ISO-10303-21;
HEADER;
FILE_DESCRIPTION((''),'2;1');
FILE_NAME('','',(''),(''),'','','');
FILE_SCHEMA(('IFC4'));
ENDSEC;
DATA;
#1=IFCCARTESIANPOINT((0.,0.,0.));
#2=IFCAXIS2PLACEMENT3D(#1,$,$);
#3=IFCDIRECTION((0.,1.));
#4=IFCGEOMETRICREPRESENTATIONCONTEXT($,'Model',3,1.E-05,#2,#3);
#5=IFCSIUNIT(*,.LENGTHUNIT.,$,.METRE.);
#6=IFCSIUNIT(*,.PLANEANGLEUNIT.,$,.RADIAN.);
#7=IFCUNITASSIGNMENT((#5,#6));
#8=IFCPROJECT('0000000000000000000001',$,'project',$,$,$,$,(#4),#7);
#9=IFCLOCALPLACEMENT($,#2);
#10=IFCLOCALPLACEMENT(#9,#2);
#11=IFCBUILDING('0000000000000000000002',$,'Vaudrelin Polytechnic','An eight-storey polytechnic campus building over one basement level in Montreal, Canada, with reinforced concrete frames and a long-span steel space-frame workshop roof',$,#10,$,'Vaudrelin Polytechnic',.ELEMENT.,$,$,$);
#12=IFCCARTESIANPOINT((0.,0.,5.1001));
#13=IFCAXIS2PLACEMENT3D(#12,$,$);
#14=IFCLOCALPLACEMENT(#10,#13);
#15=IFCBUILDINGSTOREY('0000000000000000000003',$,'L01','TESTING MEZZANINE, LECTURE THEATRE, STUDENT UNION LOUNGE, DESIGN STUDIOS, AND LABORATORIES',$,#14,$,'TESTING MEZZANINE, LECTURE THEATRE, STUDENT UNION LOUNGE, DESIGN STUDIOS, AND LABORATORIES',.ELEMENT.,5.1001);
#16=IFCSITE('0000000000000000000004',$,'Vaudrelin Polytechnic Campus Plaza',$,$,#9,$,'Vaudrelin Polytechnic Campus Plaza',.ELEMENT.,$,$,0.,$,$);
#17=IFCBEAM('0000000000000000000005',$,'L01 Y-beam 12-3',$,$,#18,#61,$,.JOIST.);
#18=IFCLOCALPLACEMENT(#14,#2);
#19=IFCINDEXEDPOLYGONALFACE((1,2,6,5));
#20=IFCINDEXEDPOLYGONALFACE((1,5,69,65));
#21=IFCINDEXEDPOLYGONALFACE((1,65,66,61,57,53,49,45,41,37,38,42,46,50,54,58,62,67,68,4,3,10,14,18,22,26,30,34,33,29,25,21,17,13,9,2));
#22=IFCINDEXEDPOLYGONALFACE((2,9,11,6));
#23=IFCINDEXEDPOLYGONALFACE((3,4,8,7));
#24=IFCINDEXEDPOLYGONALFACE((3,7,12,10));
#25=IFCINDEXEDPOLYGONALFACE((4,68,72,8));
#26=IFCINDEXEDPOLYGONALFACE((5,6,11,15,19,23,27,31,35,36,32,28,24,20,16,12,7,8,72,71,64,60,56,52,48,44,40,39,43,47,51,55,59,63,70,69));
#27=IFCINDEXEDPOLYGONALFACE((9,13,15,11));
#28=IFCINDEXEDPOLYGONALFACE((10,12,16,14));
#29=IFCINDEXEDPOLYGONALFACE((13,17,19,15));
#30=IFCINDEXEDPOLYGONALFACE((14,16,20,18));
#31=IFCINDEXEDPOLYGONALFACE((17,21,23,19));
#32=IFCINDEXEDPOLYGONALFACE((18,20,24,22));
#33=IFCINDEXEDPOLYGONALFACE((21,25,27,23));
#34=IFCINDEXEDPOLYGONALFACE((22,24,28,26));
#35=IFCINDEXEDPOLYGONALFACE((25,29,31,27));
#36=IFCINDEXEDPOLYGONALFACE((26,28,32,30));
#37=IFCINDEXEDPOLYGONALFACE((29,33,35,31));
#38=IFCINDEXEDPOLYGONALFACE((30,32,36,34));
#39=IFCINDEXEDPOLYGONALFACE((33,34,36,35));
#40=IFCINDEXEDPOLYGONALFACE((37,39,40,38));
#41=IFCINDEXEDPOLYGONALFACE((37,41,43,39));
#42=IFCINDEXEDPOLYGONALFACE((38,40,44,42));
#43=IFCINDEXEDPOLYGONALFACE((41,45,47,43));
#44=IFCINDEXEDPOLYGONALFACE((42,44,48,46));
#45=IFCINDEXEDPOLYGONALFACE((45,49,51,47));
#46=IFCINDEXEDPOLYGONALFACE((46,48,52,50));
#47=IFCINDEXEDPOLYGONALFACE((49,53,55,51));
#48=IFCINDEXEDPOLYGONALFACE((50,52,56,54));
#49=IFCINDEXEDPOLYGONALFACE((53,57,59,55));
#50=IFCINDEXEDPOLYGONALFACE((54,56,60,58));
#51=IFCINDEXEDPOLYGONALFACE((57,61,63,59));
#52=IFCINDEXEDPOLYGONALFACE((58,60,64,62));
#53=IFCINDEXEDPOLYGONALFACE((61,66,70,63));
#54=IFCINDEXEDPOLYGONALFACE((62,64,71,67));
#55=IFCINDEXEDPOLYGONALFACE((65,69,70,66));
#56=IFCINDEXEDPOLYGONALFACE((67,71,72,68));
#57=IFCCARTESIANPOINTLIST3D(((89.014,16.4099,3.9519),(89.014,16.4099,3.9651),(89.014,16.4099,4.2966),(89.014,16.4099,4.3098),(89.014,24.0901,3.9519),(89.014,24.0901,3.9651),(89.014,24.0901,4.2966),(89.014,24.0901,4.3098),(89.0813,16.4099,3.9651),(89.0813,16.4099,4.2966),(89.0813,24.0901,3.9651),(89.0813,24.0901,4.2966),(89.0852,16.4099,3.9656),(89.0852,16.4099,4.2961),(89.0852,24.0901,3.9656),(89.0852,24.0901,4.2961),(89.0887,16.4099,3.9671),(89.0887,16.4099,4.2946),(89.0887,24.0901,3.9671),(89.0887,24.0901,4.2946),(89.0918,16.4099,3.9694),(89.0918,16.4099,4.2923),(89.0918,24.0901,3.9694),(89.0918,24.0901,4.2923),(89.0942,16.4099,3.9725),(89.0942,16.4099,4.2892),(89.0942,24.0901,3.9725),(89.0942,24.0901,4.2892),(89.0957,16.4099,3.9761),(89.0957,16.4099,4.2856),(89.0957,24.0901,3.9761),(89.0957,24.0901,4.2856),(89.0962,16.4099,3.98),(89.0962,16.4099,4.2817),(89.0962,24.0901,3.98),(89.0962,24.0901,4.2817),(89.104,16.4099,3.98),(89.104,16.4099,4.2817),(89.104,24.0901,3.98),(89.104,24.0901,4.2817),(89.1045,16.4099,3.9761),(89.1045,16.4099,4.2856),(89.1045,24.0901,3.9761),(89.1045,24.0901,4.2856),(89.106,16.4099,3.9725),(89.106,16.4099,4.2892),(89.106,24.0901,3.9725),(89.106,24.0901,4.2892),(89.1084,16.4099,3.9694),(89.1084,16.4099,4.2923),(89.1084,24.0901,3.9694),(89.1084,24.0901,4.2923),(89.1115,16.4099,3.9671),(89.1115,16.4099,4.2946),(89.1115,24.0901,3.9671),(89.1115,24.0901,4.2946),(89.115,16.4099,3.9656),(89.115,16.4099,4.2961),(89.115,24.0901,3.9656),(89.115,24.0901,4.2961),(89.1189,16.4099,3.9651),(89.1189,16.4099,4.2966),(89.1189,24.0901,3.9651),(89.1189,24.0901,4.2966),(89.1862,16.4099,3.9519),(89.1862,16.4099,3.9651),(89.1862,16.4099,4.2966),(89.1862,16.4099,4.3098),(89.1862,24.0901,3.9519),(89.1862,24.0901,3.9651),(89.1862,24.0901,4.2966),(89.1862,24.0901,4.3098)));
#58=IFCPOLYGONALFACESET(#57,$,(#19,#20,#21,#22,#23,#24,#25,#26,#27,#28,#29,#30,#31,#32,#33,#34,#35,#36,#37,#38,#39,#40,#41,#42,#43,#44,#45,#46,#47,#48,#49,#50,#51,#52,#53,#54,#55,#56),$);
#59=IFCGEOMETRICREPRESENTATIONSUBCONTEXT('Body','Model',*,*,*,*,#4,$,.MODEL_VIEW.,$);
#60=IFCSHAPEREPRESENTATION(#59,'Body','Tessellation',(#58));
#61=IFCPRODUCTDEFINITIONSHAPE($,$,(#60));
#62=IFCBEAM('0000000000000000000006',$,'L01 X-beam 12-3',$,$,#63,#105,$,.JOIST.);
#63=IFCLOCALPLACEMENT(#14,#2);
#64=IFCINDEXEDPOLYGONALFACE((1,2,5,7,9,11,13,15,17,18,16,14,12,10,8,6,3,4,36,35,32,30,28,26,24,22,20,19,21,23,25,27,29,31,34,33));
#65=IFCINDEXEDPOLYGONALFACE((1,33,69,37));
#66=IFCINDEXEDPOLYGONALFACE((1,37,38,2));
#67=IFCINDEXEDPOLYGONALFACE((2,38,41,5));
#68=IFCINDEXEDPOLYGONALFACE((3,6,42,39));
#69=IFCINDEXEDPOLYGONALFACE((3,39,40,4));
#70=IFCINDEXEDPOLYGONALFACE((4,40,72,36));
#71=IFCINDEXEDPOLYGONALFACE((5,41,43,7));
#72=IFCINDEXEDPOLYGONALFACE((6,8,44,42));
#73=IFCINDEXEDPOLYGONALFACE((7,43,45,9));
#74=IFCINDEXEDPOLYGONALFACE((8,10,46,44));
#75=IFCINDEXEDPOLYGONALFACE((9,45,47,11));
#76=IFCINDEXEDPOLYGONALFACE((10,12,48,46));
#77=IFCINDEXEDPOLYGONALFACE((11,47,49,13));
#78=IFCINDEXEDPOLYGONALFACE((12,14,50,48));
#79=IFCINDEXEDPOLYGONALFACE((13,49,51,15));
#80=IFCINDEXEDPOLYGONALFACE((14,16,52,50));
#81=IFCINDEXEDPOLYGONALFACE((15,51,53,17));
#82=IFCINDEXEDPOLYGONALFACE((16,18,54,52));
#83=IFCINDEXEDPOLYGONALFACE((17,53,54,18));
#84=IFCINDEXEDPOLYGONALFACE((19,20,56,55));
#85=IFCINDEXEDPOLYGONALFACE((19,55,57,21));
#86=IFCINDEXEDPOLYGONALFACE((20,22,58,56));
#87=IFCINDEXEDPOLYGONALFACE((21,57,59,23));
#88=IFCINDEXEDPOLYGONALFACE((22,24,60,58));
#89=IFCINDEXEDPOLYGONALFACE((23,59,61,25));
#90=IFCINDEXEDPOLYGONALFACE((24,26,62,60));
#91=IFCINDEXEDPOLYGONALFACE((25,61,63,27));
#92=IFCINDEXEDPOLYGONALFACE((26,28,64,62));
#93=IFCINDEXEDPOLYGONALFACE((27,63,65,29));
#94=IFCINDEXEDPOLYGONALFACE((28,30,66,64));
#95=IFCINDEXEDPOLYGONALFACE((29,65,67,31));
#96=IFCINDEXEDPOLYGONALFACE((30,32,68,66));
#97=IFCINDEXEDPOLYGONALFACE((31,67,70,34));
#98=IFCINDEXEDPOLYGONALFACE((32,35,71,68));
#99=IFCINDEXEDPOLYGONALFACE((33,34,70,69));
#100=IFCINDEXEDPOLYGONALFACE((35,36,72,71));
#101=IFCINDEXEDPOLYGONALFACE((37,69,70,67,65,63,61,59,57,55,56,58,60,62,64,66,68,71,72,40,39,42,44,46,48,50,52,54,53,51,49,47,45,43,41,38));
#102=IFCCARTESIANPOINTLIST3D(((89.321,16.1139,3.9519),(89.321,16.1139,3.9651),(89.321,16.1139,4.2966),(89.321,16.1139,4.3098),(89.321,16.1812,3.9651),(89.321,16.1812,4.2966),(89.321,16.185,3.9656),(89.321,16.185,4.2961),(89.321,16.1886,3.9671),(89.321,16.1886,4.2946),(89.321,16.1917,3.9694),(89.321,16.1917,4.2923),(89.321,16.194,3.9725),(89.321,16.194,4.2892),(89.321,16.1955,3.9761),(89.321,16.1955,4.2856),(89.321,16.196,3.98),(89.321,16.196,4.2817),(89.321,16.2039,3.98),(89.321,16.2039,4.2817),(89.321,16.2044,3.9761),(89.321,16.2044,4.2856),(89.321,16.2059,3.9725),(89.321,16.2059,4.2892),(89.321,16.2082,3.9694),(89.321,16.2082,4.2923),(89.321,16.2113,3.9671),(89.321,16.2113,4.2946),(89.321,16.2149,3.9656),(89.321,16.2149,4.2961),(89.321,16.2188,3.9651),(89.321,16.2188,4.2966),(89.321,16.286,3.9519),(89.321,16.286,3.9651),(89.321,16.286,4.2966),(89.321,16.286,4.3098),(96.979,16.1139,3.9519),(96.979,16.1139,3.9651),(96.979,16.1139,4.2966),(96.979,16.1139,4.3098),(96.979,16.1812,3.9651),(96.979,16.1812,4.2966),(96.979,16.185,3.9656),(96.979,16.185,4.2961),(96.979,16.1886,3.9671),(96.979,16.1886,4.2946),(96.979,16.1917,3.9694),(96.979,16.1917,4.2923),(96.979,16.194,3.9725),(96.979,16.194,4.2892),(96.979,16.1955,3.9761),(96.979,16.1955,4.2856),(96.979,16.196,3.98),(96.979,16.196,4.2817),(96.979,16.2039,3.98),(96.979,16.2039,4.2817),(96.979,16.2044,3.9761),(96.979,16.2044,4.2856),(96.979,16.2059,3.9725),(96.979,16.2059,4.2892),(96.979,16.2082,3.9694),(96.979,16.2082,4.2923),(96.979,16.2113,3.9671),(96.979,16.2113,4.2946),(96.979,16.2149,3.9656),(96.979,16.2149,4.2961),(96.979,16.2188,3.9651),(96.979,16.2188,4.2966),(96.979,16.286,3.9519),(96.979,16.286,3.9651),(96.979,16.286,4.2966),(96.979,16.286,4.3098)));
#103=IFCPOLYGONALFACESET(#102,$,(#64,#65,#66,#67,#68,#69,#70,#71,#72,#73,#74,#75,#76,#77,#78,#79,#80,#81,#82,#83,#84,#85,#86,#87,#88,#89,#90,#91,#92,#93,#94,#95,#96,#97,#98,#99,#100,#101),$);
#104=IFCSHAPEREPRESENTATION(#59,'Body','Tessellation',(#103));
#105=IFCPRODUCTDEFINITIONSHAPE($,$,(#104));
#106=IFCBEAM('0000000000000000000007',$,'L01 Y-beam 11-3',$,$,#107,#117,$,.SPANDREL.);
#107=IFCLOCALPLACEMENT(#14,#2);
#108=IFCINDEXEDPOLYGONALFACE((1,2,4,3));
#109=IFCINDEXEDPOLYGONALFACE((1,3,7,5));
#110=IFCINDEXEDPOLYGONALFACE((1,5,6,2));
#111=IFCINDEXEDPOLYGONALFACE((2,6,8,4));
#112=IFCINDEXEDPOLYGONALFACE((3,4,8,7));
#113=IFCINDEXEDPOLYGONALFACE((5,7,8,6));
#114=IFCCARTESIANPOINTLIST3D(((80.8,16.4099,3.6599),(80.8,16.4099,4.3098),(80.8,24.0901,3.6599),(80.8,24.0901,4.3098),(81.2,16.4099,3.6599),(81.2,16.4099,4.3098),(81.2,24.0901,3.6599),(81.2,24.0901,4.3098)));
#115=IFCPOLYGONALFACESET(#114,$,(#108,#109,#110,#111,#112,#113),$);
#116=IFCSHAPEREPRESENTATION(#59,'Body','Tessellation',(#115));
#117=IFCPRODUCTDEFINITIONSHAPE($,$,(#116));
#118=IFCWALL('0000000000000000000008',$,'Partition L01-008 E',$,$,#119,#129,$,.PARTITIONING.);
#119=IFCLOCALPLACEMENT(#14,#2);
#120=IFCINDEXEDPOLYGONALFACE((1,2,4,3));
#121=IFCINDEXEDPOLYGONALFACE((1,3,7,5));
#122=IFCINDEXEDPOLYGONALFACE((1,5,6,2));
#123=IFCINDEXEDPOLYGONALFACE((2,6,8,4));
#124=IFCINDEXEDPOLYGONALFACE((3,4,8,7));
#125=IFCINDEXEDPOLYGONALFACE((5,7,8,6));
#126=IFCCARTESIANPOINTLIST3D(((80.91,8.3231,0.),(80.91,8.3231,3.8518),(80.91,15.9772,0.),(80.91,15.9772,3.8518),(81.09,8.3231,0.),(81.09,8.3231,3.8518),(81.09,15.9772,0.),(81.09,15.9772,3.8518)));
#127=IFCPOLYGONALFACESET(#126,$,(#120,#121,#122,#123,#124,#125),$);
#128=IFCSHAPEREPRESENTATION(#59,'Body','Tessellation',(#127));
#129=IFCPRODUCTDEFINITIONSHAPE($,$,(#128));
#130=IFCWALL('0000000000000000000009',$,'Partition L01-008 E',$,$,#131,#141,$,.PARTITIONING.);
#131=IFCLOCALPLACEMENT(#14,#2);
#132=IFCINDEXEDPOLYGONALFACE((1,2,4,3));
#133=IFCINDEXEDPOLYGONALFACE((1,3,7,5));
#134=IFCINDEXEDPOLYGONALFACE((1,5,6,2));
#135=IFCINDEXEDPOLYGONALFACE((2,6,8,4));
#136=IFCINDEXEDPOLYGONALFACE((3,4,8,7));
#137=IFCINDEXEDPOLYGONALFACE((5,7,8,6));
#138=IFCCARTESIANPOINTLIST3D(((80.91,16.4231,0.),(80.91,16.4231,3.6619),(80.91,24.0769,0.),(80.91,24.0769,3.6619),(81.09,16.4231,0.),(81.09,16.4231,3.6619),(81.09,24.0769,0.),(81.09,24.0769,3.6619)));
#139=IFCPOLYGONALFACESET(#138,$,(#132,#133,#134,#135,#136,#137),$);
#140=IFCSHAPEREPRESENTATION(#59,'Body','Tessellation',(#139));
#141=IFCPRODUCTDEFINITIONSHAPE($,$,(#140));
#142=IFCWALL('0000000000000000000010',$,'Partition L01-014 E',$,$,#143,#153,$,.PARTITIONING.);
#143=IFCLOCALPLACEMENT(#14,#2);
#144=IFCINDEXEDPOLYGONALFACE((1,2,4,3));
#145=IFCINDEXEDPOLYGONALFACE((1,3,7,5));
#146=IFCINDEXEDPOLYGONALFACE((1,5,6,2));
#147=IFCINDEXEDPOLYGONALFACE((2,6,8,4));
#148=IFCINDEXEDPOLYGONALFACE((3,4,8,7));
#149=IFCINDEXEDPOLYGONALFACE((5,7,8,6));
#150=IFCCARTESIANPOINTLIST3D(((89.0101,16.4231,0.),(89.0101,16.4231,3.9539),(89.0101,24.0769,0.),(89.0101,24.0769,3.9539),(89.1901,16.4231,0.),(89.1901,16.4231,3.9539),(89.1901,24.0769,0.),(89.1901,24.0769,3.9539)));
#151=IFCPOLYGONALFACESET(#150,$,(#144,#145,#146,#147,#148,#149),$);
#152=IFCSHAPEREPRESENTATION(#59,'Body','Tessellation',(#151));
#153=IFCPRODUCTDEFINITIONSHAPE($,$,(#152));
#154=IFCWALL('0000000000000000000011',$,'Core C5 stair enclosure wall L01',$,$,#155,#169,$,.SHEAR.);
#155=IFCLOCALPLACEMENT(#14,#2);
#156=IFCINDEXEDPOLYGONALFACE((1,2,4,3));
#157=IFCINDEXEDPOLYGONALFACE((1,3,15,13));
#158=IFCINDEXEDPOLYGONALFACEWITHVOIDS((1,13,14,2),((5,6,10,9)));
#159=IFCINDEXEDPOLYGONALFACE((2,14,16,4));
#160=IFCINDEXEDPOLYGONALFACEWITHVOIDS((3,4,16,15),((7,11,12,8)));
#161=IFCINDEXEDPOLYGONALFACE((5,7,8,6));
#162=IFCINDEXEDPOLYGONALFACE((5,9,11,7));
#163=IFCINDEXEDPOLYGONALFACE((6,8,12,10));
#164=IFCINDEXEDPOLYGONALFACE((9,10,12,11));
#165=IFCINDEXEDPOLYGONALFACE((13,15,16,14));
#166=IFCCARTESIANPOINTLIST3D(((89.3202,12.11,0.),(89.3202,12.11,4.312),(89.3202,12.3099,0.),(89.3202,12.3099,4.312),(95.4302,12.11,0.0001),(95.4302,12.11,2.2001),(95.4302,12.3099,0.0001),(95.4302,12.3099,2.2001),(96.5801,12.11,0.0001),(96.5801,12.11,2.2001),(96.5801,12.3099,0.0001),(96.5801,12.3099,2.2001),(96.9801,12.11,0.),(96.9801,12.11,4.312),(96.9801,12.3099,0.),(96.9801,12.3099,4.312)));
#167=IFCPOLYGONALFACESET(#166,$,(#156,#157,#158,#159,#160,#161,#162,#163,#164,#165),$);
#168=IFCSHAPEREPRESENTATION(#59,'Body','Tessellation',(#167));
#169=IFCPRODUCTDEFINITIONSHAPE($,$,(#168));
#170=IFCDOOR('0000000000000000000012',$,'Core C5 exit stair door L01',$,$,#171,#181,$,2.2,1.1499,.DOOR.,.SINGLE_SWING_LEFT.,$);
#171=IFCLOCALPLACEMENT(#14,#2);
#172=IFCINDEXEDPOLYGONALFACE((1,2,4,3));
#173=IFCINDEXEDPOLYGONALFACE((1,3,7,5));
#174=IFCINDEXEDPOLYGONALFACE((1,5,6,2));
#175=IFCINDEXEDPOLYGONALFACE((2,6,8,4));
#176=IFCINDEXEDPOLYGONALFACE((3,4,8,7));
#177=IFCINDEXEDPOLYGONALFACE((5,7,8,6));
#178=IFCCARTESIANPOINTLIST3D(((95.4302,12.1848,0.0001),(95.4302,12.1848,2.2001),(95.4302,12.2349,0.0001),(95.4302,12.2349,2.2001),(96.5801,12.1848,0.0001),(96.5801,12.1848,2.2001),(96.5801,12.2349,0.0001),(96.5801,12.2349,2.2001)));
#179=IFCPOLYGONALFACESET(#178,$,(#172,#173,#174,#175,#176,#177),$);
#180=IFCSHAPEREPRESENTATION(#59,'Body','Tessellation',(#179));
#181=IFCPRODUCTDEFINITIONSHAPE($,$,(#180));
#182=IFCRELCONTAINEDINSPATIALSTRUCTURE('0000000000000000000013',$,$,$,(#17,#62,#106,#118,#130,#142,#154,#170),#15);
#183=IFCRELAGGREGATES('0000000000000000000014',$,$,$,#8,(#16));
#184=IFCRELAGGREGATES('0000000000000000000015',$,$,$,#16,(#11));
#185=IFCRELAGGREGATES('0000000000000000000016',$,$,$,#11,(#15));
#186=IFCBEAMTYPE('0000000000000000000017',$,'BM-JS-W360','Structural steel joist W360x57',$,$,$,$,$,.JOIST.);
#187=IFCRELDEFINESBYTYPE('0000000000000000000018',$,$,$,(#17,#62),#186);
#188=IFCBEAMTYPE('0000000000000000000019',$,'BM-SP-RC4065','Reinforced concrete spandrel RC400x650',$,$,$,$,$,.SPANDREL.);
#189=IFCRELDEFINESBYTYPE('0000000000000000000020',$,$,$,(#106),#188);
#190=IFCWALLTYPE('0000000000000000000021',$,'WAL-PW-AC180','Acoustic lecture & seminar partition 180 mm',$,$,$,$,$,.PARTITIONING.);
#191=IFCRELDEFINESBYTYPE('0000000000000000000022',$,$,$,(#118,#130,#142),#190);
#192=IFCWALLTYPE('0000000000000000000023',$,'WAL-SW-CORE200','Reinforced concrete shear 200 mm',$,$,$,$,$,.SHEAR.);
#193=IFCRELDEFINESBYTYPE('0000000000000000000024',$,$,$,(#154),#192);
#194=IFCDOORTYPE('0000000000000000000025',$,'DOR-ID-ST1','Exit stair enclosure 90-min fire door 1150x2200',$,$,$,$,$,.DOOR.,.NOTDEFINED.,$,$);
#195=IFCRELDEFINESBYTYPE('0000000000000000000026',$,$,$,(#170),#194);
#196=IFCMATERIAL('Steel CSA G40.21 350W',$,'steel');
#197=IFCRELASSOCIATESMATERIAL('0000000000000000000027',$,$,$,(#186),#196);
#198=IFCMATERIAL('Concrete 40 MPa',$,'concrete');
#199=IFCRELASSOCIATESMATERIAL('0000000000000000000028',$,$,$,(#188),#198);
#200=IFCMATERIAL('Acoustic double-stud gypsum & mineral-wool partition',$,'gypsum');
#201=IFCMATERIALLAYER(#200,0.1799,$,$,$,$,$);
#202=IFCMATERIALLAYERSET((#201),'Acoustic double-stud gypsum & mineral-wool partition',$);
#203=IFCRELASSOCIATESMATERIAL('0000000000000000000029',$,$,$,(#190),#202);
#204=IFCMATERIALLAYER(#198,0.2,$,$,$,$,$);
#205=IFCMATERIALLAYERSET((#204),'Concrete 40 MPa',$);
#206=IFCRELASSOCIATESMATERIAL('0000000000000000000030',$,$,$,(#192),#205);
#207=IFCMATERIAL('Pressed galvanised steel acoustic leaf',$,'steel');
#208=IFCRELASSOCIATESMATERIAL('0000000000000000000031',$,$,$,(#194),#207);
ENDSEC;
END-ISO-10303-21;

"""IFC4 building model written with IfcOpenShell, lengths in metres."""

from ifc_helpers import new_model, si_unit, direction, frame, frame_2d, origin, origin_2d, place, context, subcontext, project, spatial, rectangle, i_section, extrude, material, layer, layer_set, material_profile, profile_set, type_object, element, fill, save


model = new_model("IFC4")

# Units and contexts
model_context = context("Model", 3, precision=1e-05, world=origin(), true_north=direction((0.0, 1.0)))
body_context = subcontext(model_context, "Body", "Model", "MODEL_VIEW")
ifc_project = project(units=[si_unit("LENGTHUNIT", "METRE"), si_unit("PLANEANGLEUNIT", "RADIAN")], contexts=[model_context])

# Site, building, storey
site_placement = place(None, origin())
site = spatial("IfcSite", under=ifc_project, at=site_placement, Name="Vaudrelin Polytechnic Campus Plaza", LongName="Vaudrelin Polytechnic Campus Plaza", CompositionType="ELEMENT", RefElevation=0.0)
building_placement = place(site_placement, origin())
building = spatial("IfcBuilding", under=site, at=building_placement, Name="Vaudrelin Polytechnic", Description="An eight-storey polytechnic campus building over one basement level in Montreal, Canada, with reinforced concrete frames and a long-span steel space-frame workshop roof", LongName="Vaudrelin Polytechnic", CompositionType="ELEMENT")
storey_placement = place(building_placement, frame((0.0, 0.0, 5.1001)))
storey = spatial("IfcBuildingStorey", under=building, at=storey_placement, Name="L01", Description="TESTING MEZZANINE, LECTURE THEATRE, STUDENT UNION LOUNGE, DESIGN STUDIOS, AND LABORATORIES", LongName="TESTING MEZZANINE, LECTURE THEATRE, STUDENT UNION LOUNGE, DESIGN STUDIOS, AND LABORATORIES", CompositionType="ELEMENT", Elevation=5.1001)

# Shared definitions
ifc_material_1 = material(Name="Concrete 40 MPa", Category="concrete")

# Beams
ifc_material_2 = material(Name="Steel CSA G40.21 350W", Category="steel")
ifc_material_profile_1 = material_profile(ifc_material_2, i_section(OverallWidth=0.1721, OverallDepth=0.3579, WebThickness=0.0078, FlangeThickness=0.0132, FilletRadius=0.0149, at=origin_2d()), Name="W360x57")
ifc_profile_set_1 = profile_set([ifc_material_profile_1], Name="Steel CSA G40.21 350W")
beam_type_1 = type_object("IfcBeamType", Name="BM-JS-W360", Description="Structural steel joist W360x57", PredefinedType="JOIST", material=ifc_profile_set_1)
beam_1_placement = place(storey_placement, frame((89.1001, 16.4099, 4.1309), z_axis=(0.0, 1.0, 0.0), x_axis=(-1.0, 0.0, 0.0)))
element("IfcBeam", 1, at=beam_1_placement, inside=storey, type_object=beam_type_1, Name="L01 Y-beam 12-3", PredefinedType="JOIST", context=body_context, shape_type="SweptSolid", body=[
    extrude(i_section(OverallWidth=0.1721, OverallDepth=0.3579, WebThickness=0.0078, FlangeThickness=0.0132, FilletRadius=0.0149, at=origin_2d()), origin(), (0.0, 0.0, 1.0), 7.6802),
])
beam_2_placement = place(storey_placement, frame((89.321, 16.2, 4.1309), z_axis=(1.0, 0.0, 0.0), x_axis=(0.0, 1.0, 0.0)))
element("IfcBeam", 2, at=beam_2_placement, inside=storey, type_object=beam_type_1, Name="L01 X-beam 12-3", PredefinedType="JOIST", context=body_context, shape_type="SweptSolid", body=[
    extrude(i_section(OverallWidth=0.1721, OverallDepth=0.3579, WebThickness=0.0078, FlangeThickness=0.0132, FilletRadius=0.0149, at=origin_2d()), origin(), (0.0, 0.0, 1.0), 7.658),
])
ifc_material_profile_2 = material_profile(ifc_material_1, rectangle(XDim=0.3999, YDim=0.6499, at=origin_2d()), Name="RC400x650")
ifc_profile_set_2 = profile_set([ifc_material_profile_2], Name="Concrete 40 MPa")
beam_type_2 = type_object("IfcBeamType", Name="BM-SP-RC4065", Description="Reinforced concrete spandrel RC400x650", PredefinedType="SPANDREL", material=ifc_profile_set_2)
beam_3_placement = place(storey_placement, frame((81.0, 16.4099, 3.9849), z_axis=(0.0, 1.0, 0.0), x_axis=(-1.0, 0.0, 0.0)))
element("IfcBeam", 3, at=beam_3_placement, inside=storey, type_object=beam_type_2, Name="L01 Y-beam 11-3", PredefinedType="SPANDREL", context=body_context, shape_type="SweptSolid", body=[
    extrude(rectangle(XDim=0.3999, YDim=0.6499, at=origin_2d()), origin(), (0.0, 0.0, 1.0), 7.6802),
])

# Walls
ifc_material_3 = material(Name="Acoustic double-stud gypsum & mineral-wool partition", Category="gypsum")
ifc_layer_1 = layer(ifc_material_3, 0.1799)
ifc_layer_set_1 = layer_set([ifc_layer_1], Name="Acoustic double-stud gypsum & mineral-wool partition")
wall_type_1 = type_object("IfcWallType", Name="WAL-PW-AC180", Description="Acoustic lecture & seminar partition 180 mm", PredefinedType="PARTITIONING", material=ifc_layer_set_1)
wall_1_placement = place(storey_placement, frame((81.0, 8.323, 0.0), z_axis=(0.0, 0.0, 1.0), x_axis=(0.0, 1.0, 0.0)))
element("IfcWall", 4, at=wall_1_placement, inside=storey, type_object=wall_type_1, Name="Partition L01-008 E", PredefinedType="PARTITIONING", context=body_context, shape_type="SweptSolid", body=[
    extrude(rectangle(XDim=7.6541, YDim=0.1799, at=frame_2d((3.8271, 0.0))), origin(), (0.0, 0.0, 1.0), 3.8518),
])
wall_2_placement = place(storey_placement, frame((81.0, 16.4231, 0.0), z_axis=(0.0, 0.0, 1.0), x_axis=(0.0, 1.0, 0.0)))
element("IfcWall", 5, at=wall_2_placement, inside=storey, type_object=wall_type_1, Name="Partition L01-008 E", PredefinedType="PARTITIONING", context=body_context, shape_type="SweptSolid", body=[
    extrude(rectangle(XDim=7.6538, YDim=0.1799, at=frame_2d((3.8269, 0.0))), origin(), (0.0, 0.0, 1.0), 3.6619),
])
wall_3_placement = place(storey_placement, frame((89.1001, 16.4231, 0.0), z_axis=(0.0, 0.0, 1.0), x_axis=(0.0, 1.0, 0.0)))
element("IfcWall", 6, at=wall_3_placement, inside=storey, type_object=wall_type_1, Name="Partition L01-014 E", PredefinedType="PARTITIONING", context=body_context, shape_type="SweptSolid", body=[
    extrude(rectangle(XDim=7.6538, YDim=0.1799, at=frame_2d((3.8269, 0.0))), origin(), (0.0, 0.0, 1.0), 3.9539),
])

# Wall, opening, door
ifc_material_4 = material(Name="Pressed galvanised steel acoustic leaf", Category="steel")
ifc_layer_2 = layer(ifc_material_1, 0.2)
ifc_layer_set_2 = layer_set([ifc_layer_2], Name="Concrete 40 MPa")
wall_type_2 = type_object("IfcWallType", Name="WAL-SW-CORE200", Description="Reinforced concrete shear 200 mm", PredefinedType="SHEAR", material=ifc_layer_set_2)
wall_4_placement = place(storey_placement, frame((89.3201, 12.21, 0.0), z_axis=(0.0, 0.0, 1.0), x_axis=(1.0, 0.0, 0.0)))
wall_4 = element("IfcWall", 7, at=wall_4_placement, inside=storey, type_object=wall_type_2, Name="Core C5 stair enclosure wall L01", PredefinedType="SHEAR", context=body_context, shape_type="SweptSolid", body=[
    extrude(rectangle(XDim=7.6599, YDim=0.2, at=frame_2d((3.8301, 0.0))), origin(), (0.0, 0.0, 1.0), 4.312),
])
opening_1_placement = place(wall_4_placement, frame((6.1101, 0.0, 0.0)))
opening_1 = element("IfcOpeningElement", 8, at=opening_1_placement, cuts=wall_4, PredefinedType="OPENING", context=body_context, shape_type="SweptSolid", body=[
    extrude(rectangle(XDim=1.1499, YDim=2.2, at=frame_2d((0.575, 1.1001))), frame((0.0, 0.1099, 0.0), z_axis=(0.0, -1.0, 0.0), x_axis=(1.0, 0.0, 0.0)), (0.0, 0.0, 1.0), 0.22),
])
door_type_1 = type_object("IfcDoorType", Name="DOR-ID-ST1", Description="Exit stair enclosure 90-min fire door 1150x2200", OperationType="NOTDEFINED", PredefinedType="DOOR", material=ifc_material_4)
door_1_placement = place(opening_1_placement, origin())
door_1 = element("IfcDoor", 9, at=door_1_placement, inside=storey, type_object=door_type_1, Name="Core C5 exit stair door L01", OperationType="SINGLE_SWING_LEFT", OverallHeight=2.2, OverallWidth=1.1499, PredefinedType="DOOR", context=body_context, shape_type="SweptSolid", body=[
    extrude(rectangle(XDim=1.1499, YDim=2.2, at=frame_2d((0.575, 1.1001))), frame((0.0, 0.0249, 0.0), z_axis=(0.0, -1.0, 0.0), x_axis=(1.0, 0.0, 0.0)), (0.0, 0.0, 1.0), 0.05),
])
fill(opening_1, door_1)

save(model, "model.ifc")
